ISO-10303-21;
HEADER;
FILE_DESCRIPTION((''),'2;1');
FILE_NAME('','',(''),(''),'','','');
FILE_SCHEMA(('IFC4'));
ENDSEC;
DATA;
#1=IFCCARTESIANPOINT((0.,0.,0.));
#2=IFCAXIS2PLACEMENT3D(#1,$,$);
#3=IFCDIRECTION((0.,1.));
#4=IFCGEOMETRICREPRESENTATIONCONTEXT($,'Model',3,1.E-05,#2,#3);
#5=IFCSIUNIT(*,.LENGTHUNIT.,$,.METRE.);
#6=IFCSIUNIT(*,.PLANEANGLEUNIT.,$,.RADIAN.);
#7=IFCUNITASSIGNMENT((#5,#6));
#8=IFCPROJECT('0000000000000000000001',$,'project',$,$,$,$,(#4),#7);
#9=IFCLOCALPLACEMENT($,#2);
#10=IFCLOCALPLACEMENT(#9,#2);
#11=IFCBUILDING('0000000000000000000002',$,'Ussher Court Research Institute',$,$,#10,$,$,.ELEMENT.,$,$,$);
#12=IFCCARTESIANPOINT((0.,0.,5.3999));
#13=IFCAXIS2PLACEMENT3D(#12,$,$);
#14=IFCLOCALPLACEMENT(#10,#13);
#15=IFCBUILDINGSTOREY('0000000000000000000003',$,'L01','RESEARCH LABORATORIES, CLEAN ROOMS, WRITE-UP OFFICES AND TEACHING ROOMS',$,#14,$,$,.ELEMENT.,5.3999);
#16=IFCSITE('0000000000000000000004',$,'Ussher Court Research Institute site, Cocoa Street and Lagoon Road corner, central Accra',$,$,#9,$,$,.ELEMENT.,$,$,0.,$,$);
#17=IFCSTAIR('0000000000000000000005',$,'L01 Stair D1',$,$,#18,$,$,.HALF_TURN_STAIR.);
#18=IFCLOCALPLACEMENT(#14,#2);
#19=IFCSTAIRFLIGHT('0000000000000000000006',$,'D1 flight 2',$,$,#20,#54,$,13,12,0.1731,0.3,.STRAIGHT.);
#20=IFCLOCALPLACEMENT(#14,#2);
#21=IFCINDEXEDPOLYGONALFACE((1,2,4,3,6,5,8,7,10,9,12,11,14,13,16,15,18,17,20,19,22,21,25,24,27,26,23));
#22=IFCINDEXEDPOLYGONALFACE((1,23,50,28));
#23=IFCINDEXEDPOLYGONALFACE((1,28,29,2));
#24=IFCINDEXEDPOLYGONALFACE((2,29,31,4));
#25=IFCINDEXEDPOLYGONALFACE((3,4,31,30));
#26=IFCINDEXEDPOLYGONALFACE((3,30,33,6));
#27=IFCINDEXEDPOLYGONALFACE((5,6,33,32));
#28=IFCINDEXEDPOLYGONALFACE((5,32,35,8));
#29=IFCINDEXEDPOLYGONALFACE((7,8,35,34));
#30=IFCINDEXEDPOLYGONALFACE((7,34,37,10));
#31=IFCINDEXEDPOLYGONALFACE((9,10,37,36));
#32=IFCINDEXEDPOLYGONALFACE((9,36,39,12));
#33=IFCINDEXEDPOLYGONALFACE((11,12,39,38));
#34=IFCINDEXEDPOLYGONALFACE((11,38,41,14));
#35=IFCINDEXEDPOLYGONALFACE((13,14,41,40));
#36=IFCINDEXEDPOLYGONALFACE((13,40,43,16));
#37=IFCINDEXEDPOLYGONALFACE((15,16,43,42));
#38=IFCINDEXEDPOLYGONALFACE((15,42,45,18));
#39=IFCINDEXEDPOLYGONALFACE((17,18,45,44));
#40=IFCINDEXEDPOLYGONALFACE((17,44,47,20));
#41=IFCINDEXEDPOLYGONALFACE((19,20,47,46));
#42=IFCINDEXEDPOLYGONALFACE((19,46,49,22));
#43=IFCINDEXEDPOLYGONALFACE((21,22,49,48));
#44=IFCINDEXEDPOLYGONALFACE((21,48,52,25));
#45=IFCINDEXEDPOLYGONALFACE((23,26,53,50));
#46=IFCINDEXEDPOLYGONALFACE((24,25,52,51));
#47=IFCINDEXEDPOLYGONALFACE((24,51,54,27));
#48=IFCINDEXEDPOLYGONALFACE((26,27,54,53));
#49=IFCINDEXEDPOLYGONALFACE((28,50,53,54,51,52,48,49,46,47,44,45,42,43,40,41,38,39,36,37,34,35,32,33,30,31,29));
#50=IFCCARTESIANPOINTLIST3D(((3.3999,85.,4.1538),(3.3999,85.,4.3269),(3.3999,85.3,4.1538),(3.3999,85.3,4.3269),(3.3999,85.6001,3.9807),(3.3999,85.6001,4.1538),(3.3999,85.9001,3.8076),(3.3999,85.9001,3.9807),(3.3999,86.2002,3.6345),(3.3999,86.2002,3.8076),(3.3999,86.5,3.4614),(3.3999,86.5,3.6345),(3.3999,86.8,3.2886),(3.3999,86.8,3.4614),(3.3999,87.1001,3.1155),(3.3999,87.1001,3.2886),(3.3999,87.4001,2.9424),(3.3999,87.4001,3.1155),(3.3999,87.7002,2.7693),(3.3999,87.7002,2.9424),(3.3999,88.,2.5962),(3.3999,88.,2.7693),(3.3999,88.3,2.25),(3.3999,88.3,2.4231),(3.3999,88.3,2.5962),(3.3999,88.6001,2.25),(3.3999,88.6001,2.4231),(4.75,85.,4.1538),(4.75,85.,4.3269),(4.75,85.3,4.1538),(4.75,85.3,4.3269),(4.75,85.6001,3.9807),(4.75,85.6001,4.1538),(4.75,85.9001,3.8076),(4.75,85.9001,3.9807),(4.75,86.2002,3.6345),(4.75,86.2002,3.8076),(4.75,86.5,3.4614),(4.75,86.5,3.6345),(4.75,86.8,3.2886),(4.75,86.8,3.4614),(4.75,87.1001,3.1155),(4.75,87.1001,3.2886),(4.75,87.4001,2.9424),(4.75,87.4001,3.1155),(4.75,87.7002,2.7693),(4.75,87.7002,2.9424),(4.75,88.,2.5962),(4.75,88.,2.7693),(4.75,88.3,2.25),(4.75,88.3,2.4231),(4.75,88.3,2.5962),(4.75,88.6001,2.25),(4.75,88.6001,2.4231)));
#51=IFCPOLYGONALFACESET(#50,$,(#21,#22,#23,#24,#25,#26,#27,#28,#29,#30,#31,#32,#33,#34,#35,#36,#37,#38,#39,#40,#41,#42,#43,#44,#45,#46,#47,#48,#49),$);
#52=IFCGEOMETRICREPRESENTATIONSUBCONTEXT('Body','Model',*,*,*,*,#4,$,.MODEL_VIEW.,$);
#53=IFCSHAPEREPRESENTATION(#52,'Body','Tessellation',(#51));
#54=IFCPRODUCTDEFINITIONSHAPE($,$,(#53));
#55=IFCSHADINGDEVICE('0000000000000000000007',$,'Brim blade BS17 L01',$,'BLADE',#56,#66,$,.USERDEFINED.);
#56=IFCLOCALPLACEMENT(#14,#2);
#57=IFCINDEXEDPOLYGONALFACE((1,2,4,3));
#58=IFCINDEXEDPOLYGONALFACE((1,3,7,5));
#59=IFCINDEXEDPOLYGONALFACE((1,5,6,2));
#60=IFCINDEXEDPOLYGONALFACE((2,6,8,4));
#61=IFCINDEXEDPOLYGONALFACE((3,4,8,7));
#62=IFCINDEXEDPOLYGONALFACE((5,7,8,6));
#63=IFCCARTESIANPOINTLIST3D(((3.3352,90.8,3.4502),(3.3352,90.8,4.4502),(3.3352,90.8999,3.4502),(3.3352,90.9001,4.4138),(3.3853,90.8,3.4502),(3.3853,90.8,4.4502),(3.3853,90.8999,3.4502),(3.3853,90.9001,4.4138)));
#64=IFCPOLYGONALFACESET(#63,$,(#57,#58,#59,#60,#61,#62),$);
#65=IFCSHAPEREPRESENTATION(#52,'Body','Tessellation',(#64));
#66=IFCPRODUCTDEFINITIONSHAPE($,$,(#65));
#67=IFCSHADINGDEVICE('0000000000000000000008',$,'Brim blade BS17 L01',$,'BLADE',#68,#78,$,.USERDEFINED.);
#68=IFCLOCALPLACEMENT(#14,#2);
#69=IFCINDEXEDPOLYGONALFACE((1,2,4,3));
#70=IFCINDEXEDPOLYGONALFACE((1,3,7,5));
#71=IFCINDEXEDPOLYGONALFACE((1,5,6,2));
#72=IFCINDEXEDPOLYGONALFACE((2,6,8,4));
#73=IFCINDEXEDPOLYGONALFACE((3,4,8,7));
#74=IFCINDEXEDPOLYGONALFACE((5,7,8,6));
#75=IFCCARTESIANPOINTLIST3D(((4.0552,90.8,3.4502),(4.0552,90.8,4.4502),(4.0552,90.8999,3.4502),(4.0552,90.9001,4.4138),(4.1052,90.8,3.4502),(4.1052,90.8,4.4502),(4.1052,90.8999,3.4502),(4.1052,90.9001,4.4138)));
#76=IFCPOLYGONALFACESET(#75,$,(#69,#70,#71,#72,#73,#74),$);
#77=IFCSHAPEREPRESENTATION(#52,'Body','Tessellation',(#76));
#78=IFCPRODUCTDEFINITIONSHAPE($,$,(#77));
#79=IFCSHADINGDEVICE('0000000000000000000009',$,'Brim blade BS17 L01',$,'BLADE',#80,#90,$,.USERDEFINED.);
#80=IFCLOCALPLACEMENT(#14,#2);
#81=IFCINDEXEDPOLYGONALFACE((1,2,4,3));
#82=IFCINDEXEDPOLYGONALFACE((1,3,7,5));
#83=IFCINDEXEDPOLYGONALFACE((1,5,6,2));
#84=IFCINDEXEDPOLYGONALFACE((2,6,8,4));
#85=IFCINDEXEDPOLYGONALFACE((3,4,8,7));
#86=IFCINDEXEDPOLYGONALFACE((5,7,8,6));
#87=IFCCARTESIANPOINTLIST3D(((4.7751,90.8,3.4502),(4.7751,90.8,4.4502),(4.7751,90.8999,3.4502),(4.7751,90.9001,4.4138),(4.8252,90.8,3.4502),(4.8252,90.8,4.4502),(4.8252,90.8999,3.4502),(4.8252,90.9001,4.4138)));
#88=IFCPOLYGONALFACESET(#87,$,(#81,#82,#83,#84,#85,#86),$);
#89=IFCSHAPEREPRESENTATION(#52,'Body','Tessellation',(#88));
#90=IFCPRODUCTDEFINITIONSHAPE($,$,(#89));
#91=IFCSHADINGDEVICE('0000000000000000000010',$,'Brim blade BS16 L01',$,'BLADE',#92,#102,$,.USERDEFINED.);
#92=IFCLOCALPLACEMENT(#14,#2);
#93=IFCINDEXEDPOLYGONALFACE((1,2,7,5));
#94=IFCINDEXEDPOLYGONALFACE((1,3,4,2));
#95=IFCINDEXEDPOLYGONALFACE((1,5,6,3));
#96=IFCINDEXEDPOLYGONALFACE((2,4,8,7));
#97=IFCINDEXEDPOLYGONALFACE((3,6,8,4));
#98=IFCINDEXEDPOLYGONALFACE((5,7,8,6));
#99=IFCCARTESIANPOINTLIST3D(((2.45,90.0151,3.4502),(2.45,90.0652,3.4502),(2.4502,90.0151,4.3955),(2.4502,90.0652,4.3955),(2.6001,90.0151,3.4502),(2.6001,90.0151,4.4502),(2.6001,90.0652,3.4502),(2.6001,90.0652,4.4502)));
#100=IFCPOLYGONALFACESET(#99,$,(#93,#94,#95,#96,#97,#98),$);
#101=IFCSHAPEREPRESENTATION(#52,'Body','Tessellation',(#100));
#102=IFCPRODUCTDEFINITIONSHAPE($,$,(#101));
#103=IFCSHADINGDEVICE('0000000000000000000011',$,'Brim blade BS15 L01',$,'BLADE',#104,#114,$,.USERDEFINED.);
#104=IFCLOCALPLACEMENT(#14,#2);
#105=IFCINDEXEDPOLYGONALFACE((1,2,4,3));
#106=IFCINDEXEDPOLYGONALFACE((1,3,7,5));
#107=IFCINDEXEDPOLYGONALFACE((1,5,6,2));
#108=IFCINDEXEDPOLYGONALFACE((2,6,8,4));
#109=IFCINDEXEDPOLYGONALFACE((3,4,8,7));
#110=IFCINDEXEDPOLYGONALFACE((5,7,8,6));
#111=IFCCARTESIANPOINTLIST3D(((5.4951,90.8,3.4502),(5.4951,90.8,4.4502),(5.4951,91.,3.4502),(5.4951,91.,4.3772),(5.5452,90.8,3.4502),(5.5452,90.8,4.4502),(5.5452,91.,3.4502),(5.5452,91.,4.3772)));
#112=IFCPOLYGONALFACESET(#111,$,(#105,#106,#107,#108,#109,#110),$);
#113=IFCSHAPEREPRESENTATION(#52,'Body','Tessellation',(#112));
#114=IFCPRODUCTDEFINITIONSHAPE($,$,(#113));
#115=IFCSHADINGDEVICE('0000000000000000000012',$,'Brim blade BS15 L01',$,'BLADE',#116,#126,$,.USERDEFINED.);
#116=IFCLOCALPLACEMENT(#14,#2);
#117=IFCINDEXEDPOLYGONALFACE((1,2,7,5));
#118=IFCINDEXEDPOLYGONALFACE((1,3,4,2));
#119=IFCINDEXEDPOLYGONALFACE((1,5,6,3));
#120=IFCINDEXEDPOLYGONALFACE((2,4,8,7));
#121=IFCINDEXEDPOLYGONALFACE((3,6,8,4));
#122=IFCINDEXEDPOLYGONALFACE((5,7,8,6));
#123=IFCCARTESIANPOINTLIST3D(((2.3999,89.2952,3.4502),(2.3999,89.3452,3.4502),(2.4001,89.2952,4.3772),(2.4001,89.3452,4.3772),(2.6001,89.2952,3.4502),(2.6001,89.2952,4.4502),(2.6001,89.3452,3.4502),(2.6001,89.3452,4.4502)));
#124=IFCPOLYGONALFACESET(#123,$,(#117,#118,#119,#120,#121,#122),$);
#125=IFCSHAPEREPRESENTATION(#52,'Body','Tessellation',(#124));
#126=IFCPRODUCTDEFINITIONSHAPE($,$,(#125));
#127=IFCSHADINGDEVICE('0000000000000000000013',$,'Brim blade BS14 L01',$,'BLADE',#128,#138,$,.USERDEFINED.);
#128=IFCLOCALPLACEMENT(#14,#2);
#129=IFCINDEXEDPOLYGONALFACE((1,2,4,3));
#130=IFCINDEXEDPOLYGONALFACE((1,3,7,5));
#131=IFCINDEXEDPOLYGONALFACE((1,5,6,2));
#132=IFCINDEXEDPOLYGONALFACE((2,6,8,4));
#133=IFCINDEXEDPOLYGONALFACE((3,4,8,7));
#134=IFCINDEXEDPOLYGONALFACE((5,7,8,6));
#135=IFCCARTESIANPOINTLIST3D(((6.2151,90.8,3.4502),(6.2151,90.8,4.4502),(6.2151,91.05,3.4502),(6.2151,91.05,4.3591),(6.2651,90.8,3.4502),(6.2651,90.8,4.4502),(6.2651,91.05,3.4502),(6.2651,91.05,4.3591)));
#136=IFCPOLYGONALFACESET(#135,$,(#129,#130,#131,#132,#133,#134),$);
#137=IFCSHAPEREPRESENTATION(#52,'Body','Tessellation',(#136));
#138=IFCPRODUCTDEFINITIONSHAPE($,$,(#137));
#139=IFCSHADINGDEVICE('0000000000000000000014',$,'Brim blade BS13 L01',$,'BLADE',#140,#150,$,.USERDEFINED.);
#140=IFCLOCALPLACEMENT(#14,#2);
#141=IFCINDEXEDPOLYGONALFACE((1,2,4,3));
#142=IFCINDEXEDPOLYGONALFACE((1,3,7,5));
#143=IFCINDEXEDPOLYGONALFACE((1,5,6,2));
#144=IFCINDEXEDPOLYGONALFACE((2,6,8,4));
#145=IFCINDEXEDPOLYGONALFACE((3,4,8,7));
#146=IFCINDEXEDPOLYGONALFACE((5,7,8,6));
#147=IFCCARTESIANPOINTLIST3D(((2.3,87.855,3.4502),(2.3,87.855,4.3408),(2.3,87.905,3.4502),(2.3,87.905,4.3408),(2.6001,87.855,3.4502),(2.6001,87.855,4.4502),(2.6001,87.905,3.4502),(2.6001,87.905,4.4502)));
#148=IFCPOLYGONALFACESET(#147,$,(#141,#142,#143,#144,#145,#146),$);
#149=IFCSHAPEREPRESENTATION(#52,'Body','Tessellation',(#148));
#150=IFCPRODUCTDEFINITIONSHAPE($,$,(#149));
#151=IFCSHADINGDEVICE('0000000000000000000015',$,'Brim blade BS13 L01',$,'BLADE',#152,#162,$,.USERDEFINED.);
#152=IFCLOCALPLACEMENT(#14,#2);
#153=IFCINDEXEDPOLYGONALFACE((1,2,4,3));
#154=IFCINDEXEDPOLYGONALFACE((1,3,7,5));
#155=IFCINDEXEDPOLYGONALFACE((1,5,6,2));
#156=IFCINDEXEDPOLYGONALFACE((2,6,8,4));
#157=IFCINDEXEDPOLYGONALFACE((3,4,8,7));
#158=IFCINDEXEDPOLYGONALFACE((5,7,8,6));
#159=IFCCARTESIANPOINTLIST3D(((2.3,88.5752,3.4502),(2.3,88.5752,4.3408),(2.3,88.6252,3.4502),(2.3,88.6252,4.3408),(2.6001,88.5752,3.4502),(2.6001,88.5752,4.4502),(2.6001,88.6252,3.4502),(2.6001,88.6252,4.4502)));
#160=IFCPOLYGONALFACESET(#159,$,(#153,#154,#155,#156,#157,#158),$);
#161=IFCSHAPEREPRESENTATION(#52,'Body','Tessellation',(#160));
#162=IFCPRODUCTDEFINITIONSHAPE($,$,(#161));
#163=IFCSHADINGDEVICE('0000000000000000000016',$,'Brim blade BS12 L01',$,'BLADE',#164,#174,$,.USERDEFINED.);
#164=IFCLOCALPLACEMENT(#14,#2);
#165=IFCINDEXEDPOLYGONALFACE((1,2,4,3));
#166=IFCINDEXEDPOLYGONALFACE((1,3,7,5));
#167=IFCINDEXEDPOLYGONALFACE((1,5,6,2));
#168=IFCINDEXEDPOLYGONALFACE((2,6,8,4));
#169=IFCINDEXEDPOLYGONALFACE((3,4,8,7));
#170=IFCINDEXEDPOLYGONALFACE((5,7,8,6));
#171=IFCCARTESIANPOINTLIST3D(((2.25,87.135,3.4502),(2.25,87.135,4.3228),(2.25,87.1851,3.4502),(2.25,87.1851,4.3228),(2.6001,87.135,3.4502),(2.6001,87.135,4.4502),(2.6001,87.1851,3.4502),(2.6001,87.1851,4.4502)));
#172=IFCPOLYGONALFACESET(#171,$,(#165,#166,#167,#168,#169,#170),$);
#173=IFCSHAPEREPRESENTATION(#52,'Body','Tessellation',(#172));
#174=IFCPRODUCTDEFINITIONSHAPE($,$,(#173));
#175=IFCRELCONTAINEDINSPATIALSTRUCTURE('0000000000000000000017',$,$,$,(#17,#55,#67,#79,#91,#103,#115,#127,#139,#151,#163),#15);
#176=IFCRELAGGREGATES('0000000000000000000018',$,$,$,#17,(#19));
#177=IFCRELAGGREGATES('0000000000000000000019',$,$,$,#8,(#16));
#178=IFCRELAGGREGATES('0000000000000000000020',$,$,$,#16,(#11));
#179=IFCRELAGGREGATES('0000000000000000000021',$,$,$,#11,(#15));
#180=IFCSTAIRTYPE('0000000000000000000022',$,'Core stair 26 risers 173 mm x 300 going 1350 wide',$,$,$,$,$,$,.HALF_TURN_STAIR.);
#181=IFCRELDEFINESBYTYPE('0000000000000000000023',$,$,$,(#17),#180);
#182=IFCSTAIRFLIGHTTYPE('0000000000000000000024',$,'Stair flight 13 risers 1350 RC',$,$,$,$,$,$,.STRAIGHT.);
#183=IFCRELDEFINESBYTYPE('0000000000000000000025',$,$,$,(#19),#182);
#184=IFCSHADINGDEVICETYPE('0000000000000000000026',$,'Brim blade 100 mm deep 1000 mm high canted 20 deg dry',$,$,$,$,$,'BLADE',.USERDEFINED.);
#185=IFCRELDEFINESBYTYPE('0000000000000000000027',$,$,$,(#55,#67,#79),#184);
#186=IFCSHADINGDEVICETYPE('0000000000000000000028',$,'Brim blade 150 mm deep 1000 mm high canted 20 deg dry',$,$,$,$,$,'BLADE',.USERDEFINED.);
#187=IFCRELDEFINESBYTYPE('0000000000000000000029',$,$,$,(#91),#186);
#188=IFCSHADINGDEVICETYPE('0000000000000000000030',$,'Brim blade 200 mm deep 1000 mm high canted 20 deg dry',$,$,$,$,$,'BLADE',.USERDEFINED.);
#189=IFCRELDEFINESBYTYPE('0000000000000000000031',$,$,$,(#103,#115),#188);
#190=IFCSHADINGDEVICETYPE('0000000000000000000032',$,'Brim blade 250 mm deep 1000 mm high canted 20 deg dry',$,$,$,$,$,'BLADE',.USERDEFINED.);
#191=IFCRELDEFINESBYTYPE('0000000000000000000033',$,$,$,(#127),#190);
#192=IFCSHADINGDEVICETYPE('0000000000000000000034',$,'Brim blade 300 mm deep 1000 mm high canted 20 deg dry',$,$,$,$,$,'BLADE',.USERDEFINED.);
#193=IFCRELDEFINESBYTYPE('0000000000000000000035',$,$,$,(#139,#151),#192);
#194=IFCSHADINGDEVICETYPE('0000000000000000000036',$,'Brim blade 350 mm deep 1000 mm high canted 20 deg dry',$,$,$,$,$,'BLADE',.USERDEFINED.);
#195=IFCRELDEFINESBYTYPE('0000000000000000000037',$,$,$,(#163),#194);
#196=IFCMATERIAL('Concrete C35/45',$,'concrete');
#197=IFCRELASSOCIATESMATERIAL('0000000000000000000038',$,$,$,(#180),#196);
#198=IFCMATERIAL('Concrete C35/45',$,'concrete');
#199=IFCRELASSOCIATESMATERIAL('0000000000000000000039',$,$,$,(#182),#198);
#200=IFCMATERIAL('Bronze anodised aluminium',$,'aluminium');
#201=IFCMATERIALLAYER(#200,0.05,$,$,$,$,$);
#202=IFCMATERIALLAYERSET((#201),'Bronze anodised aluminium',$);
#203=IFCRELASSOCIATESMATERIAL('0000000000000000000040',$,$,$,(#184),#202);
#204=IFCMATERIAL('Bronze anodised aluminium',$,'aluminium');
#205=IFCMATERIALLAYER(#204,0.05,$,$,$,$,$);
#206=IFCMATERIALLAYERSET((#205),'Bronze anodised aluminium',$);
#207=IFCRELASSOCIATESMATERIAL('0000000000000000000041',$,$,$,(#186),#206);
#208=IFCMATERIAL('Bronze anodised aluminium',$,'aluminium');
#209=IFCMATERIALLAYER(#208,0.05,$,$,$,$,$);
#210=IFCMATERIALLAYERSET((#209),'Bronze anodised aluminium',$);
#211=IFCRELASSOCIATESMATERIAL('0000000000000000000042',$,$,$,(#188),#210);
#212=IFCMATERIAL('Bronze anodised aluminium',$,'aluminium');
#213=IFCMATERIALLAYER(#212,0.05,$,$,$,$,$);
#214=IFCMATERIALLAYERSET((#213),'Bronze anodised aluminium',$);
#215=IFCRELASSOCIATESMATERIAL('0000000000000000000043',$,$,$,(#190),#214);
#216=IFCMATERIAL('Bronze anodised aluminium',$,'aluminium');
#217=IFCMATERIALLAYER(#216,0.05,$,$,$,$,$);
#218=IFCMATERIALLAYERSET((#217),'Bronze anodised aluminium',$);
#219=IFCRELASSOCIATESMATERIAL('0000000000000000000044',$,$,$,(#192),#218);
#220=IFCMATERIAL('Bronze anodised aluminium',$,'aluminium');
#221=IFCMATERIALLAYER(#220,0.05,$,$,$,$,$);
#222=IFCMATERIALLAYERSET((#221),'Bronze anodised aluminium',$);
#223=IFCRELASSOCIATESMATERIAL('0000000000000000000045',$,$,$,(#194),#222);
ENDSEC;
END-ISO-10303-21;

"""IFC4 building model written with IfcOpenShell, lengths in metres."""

from ifc_helpers import new_model, si_unit, direction, frame, origin, place, context, subcontext, project, spatial, polyline, outline, extrude, material, layer, layer_set, type_object, element, aggregate, save


model = new_model("IFC4")

# Units and contexts
model_context = context("Model", 3, precision=1e-05, world=origin(), true_north=direction((0.0, 1.0)))
body_context = subcontext(model_context, "Body", "Model", "MODEL_VIEW")
ifc_project = project(units=[si_unit("LENGTHUNIT", "METRE"), si_unit("PLANEANGLEUNIT", "RADIAN")], contexts=[model_context])

# Site, building, storey
site_placement = place(None, origin())
site = spatial("IfcSite", under=ifc_project, at=site_placement, Name="Ussher Court Research Institute site, Cocoa Street and Lagoon Road corner, central Accra", CompositionType="ELEMENT", RefElevation=0.0)
building_placement = place(site_placement, origin())
building = spatial("IfcBuilding", under=site, at=building_placement, Name="Ussher Court Research Institute", CompositionType="ELEMENT")
storey_placement = place(building_placement, frame((0.0, 0.0, 5.3999)))
storey = spatial("IfcBuildingStorey", under=building, at=storey_placement, Name="L01", Description="RESEARCH LABORATORIES, CLEAN ROOMS, WRITE-UP OFFICES AND TEACHING ROOMS", CompositionType="ELEMENT", Elevation=5.3999)

# Stair, stair flight
ifc_material_1 = material(Name="Concrete C35/45", Category="concrete")
stair_type = type_object("IfcStairType", Name="Core stair 26 risers 173 mm x 300 going 1350 wide", PredefinedType="HALF_TURN_STAIR", material=ifc_material_1)
stair_placement = place(storey_placement, origin())
stair = element("IfcStair", 1, at=stair_placement, inside=storey, type_object=stair_type, Name="L01 Stair D1", PredefinedType="HALF_TURN_STAIR")
ifc_material_2 = material(Name="Concrete C35/45", Category="concrete")
stair_flight_type = type_object("IfcStairFlightType", Name="Stair flight 13 risers 1350 RC", PredefinedType="STRAIGHT", material=ifc_material_2)
stair_flight_placement = place(storey_placement, frame((4.075, 88.6001, 2.25), z_axis=(0.0, 0.0, 1.0), x_axis=(0.0, -1.0, 0.0)))
stair_flight = element("IfcStairFlight", 2, at=stair_flight_placement, type_object=stair_flight_type, Name="D1 flight 2", NumberOfRisers=13, NumberOfTreads=12, PredefinedType="STRAIGHT", RiserHeight=0.1731, TreadLength=0.3, context=body_context, shape_type="SweptSolid", body=[
    extrude(outline(polyline([(0.0, 0.0), (0.0, 0.1731), (0.3, 0.1731), (0.3, 0.3462), (0.6001, 0.3462), (0.6001, 0.5193), (0.8999, 0.5193), (0.8999, 0.6924), (1.2, 0.6924), (1.2, 0.8655), (1.5, 0.8655), (1.5, 1.0386), (1.8, 1.0386), (1.8, 1.2114), (2.1001, 1.2114), (2.1001, 1.3845), (2.3999, 1.3845), (2.3999, 1.5576), (2.7, 1.5576), (2.7, 1.7307), (3.0, 1.7307), (3.0, 1.9038), (3.3, 1.9038), (3.3, 2.0769), (3.6001, 2.0769), (3.6001, 2.25), (3.6001, 1.9038), (0.3, 0.0), (0.0, 0.0)])), frame((0.0, 0.675, 0.0), z_axis=(0.0, -1.0, 0.0), x_axis=(1.0, 0.0, 0.0)), (0.0, 0.0, 1.0), 1.3501),
])
aggregate(stair, [stair_flight])

# Shading devices
ifc_material_3 = material(Name="Bronze anodised aluminium", Category="aluminium")
ifc_layer_1 = layer(ifc_material_3, 0.05)
ifc_layer_set_1 = layer_set([ifc_layer_1], Name="Bronze anodised aluminium")
shading_device_type_1 = type_object("IfcShadingDeviceType", Name="Brim blade 100 mm deep 1000 mm high canted 20 deg dry", ElementType="BLADE", PredefinedType="USERDEFINED", material=ifc_layer_set_1)
for number, where, z_axis, x_axis, name in (
    (3, (3.3601, 90.8, 3.4502), (0.0, 0.0, 1.0), (0.0, 1.0, 0.0), "Brim blade BS17 L01"),
    (4, (4.0801, 90.8, 3.4502), (0.0, 0.0, 1.0), (0.0, 1.0, 0.0), "Brim blade BS17 L01"),
    (5, (4.8, 90.8, 3.4502), (0.0, 0.0, 1.0), (0.0, 1.0, 0.0), "Brim blade BS17 L01"),
):
    element("IfcShadingDevice", number, at=place(storey_placement, frame(where, z_axis=z_axis, x_axis=x_axis)), inside=storey, type_object=shading_device_type_1, Name=name, ObjectType="BLADE", PredefinedType="USERDEFINED", context=body_context, shape_type="SweptSolid", body=[
        extrude(outline(polyline([(0.0, 0.0), (0.0999, 0.0), (0.1001, 0.9636), (0.0, 1.0), (0.0, 0.0)])), frame((0.0, 0.0249, 0.0), z_axis=(0.0, -1.0, 0.0), x_axis=(1.0, 0.0, 0.0)), (0.0, 0.0, 1.0), 0.05),
    ])
ifc_material_4 = material(Name="Bronze anodised aluminium", Category="aluminium")
ifc_layer_2 = layer(ifc_material_4, 0.05)
ifc_layer_set_2 = layer_set([ifc_layer_2], Name="Bronze anodised aluminium")
shading_device_type_2 = type_object("IfcShadingDeviceType", Name="Brim blade 150 mm deep 1000 mm high canted 20 deg dry", ElementType="BLADE", PredefinedType="USERDEFINED", material=ifc_layer_set_2)
shading_device_1_placement = place(storey_placement, frame((2.6001, 90.04, 3.4502), z_axis=(0.0, 0.0, 1.0), x_axis=(-1.0, 0.0, 0.0)))
element("IfcShadingDevice", 6, at=shading_device_1_placement, inside=storey, type_object=shading_device_type_2, Name="Brim blade BS16 L01", ObjectType="BLADE", PredefinedType="USERDEFINED", context=body_context, shape_type="SweptSolid", body=[
    extrude(outline(polyline([(0.0, 0.0), (0.1501, 0.0), (0.1499, 0.9453), (0.0, 1.0), (0.0, 0.0)])), frame((0.0, 0.0249, 0.0), z_axis=(0.0, -1.0, 0.0), x_axis=(1.0, 0.0, 0.0)), (0.0, 0.0, 1.0), 0.05),
])
ifc_material_5 = material(Name="Bronze anodised aluminium", Category="aluminium")
ifc_layer_3 = layer(ifc_material_5, 0.05)
ifc_layer_set_3 = layer_set([ifc_layer_3], Name="Bronze anodised aluminium")
shading_device_type_3 = type_object("IfcShadingDeviceType", Name="Brim blade 200 mm deep 1000 mm high canted 20 deg dry", ElementType="BLADE", PredefinedType="USERDEFINED", material=ifc_layer_set_3)
shading_device_2_placement = place(storey_placement, frame((5.52, 90.8, 3.4502), z_axis=(0.0, 0.0, 1.0), x_axis=(0.0, 1.0, 0.0)))
element("IfcShadingDevice", 7, at=shading_device_2_placement, inside=storey, type_object=shading_device_type_3, Name="Brim blade BS15 L01", ObjectType="BLADE", PredefinedType="USERDEFINED", context=body_context, shape_type="SweptSolid", body=[
    extrude(outline(polyline([(0.0, 0.0), (0.2, 0.0), (0.2, 0.927), (0.0, 1.0), (0.0, 0.0)])), frame((0.0, 0.0249, 0.0), z_axis=(0.0, -1.0, 0.0), x_axis=(1.0, 0.0, 0.0)), (0.0, 0.0, 1.0), 0.05),
])
shading_device_3_placement = place(storey_placement, frame((2.6001, 89.3201, 3.4502), z_axis=(0.0, 0.0, 1.0), x_axis=(-1.0, 0.0, 0.0)))
element("IfcShadingDevice", 8, at=shading_device_3_placement, inside=storey, type_object=shading_device_type_3, Name="Brim blade BS15 L01", ObjectType="BLADE", PredefinedType="USERDEFINED", context=body_context, shape_type="SweptSolid", body=[
    extrude(outline(polyline([(0.0, 0.0), (0.2002, 0.0), (0.2, 0.927), (0.0, 1.0), (0.0, 0.0)])), frame((0.0, 0.0249, 0.0), z_axis=(0.0, -1.0, 0.0), x_axis=(1.0, 0.0, 0.0)), (0.0, 0.0, 1.0), 0.05),
])
ifc_material_6 = material(Name="Bronze anodised aluminium", Category="aluminium")
ifc_layer_4 = layer(ifc_material_6, 0.05)
ifc_layer_set_4 = layer_set([ifc_layer_4], Name="Bronze anodised aluminium")
shading_device_type_4 = type_object("IfcShadingDeviceType", Name="Brim blade 250 mm deep 1000 mm high canted 20 deg dry", ElementType="BLADE", PredefinedType="USERDEFINED", material=ifc_layer_set_4)
shading_device_4_placement = place(storey_placement, frame((6.24, 90.8, 3.4502), z_axis=(0.0, 0.0, 1.0), x_axis=(0.0, 1.0, 0.0)))
element("IfcShadingDevice", 9, at=shading_device_4_placement, inside=storey, type_object=shading_device_type_4, Name="Brim blade BS14 L01", ObjectType="BLADE", PredefinedType="USERDEFINED", context=body_context, shape_type="SweptSolid", body=[
    extrude(outline(polyline([(0.0, 0.0), (0.25, 0.0), (0.25, 0.9089), (0.0, 1.0), (0.0, 0.0)])), frame((0.0, 0.0249, 0.0), z_axis=(0.0, -1.0, 0.0), x_axis=(1.0, 0.0, 0.0)), (0.0, 0.0, 1.0), 0.05),
])
ifc_material_7 = material(Name="Bronze anodised aluminium", Category="aluminium")
ifc_layer_5 = layer(ifc_material_7, 0.05)
ifc_layer_set_5 = layer_set([ifc_layer_5], Name="Bronze anodised aluminium")
shading_device_type_5 = type_object("IfcShadingDeviceType", Name="Brim blade 300 mm deep 1000 mm high canted 20 deg dry", ElementType="BLADE", PredefinedType="USERDEFINED", material=ifc_layer_set_5)
for number, where, z_axis, x_axis, name in (
    (10, (2.6001, 87.8799, 3.4502), (0.0, 0.0, 1.0), (-1.0, 0.0, 0.0), "Brim blade BS13 L01"),
    (11, (2.6001, 88.6001, 3.4502), (0.0, 0.0, 1.0), (-1.0, 0.0, 0.0), "Brim blade BS13 L01"),
):
    element("IfcShadingDevice", number, at=place(storey_placement, frame(where, z_axis=z_axis, x_axis=x_axis)), inside=storey, type_object=shading_device_type_5, Name=name, ObjectType="BLADE", PredefinedType="USERDEFINED", context=body_context, shape_type="SweptSolid", body=[
        extrude(outline(polyline([(0.0, 0.0), (0.3, 0.0), (0.3, 0.8906), (0.0, 1.0), (0.0, 0.0)])), frame((0.0, 0.0249, 0.0), z_axis=(0.0, -1.0, 0.0), x_axis=(1.0, 0.0, 0.0)), (0.0, 0.0, 1.0), 0.05),
    ])
ifc_material_8 = material(Name="Bronze anodised aluminium", Category="aluminium")
ifc_layer_6 = layer(ifc_material_8, 0.05)
ifc_layer_set_6 = layer_set([ifc_layer_6], Name="Bronze anodised aluminium")
shading_device_type_6 = type_object("IfcShadingDeviceType", Name="Brim blade 350 mm deep 1000 mm high canted 20 deg dry", ElementType="BLADE", PredefinedType="USERDEFINED", material=ifc_layer_set_6)
shading_device_5_placement = place(storey_placement, frame((2.6001, 87.1599, 3.4502), z_axis=(0.0, 0.0, 1.0), x_axis=(-1.0, 0.0, 0.0)))
element("IfcShadingDevice", 12, at=shading_device_5_placement, inside=storey, type_object=shading_device_type_6, Name="Brim blade BS12 L01", ObjectType="BLADE", PredefinedType="USERDEFINED", context=body_context, shape_type="SweptSolid", body=[
    extrude(outline(polyline([(0.0, 0.0), (0.3501, 0.0), (0.3501, 0.8726), (0.0, 1.0), (0.0, 0.0)])), frame((0.0, 0.0249, 0.0), z_axis=(0.0, -1.0, 0.0), x_axis=(1.0, 0.0, 0.0)), (0.0, 0.0, 1.0), 0.05),
])

save(model, "model.ifc")
